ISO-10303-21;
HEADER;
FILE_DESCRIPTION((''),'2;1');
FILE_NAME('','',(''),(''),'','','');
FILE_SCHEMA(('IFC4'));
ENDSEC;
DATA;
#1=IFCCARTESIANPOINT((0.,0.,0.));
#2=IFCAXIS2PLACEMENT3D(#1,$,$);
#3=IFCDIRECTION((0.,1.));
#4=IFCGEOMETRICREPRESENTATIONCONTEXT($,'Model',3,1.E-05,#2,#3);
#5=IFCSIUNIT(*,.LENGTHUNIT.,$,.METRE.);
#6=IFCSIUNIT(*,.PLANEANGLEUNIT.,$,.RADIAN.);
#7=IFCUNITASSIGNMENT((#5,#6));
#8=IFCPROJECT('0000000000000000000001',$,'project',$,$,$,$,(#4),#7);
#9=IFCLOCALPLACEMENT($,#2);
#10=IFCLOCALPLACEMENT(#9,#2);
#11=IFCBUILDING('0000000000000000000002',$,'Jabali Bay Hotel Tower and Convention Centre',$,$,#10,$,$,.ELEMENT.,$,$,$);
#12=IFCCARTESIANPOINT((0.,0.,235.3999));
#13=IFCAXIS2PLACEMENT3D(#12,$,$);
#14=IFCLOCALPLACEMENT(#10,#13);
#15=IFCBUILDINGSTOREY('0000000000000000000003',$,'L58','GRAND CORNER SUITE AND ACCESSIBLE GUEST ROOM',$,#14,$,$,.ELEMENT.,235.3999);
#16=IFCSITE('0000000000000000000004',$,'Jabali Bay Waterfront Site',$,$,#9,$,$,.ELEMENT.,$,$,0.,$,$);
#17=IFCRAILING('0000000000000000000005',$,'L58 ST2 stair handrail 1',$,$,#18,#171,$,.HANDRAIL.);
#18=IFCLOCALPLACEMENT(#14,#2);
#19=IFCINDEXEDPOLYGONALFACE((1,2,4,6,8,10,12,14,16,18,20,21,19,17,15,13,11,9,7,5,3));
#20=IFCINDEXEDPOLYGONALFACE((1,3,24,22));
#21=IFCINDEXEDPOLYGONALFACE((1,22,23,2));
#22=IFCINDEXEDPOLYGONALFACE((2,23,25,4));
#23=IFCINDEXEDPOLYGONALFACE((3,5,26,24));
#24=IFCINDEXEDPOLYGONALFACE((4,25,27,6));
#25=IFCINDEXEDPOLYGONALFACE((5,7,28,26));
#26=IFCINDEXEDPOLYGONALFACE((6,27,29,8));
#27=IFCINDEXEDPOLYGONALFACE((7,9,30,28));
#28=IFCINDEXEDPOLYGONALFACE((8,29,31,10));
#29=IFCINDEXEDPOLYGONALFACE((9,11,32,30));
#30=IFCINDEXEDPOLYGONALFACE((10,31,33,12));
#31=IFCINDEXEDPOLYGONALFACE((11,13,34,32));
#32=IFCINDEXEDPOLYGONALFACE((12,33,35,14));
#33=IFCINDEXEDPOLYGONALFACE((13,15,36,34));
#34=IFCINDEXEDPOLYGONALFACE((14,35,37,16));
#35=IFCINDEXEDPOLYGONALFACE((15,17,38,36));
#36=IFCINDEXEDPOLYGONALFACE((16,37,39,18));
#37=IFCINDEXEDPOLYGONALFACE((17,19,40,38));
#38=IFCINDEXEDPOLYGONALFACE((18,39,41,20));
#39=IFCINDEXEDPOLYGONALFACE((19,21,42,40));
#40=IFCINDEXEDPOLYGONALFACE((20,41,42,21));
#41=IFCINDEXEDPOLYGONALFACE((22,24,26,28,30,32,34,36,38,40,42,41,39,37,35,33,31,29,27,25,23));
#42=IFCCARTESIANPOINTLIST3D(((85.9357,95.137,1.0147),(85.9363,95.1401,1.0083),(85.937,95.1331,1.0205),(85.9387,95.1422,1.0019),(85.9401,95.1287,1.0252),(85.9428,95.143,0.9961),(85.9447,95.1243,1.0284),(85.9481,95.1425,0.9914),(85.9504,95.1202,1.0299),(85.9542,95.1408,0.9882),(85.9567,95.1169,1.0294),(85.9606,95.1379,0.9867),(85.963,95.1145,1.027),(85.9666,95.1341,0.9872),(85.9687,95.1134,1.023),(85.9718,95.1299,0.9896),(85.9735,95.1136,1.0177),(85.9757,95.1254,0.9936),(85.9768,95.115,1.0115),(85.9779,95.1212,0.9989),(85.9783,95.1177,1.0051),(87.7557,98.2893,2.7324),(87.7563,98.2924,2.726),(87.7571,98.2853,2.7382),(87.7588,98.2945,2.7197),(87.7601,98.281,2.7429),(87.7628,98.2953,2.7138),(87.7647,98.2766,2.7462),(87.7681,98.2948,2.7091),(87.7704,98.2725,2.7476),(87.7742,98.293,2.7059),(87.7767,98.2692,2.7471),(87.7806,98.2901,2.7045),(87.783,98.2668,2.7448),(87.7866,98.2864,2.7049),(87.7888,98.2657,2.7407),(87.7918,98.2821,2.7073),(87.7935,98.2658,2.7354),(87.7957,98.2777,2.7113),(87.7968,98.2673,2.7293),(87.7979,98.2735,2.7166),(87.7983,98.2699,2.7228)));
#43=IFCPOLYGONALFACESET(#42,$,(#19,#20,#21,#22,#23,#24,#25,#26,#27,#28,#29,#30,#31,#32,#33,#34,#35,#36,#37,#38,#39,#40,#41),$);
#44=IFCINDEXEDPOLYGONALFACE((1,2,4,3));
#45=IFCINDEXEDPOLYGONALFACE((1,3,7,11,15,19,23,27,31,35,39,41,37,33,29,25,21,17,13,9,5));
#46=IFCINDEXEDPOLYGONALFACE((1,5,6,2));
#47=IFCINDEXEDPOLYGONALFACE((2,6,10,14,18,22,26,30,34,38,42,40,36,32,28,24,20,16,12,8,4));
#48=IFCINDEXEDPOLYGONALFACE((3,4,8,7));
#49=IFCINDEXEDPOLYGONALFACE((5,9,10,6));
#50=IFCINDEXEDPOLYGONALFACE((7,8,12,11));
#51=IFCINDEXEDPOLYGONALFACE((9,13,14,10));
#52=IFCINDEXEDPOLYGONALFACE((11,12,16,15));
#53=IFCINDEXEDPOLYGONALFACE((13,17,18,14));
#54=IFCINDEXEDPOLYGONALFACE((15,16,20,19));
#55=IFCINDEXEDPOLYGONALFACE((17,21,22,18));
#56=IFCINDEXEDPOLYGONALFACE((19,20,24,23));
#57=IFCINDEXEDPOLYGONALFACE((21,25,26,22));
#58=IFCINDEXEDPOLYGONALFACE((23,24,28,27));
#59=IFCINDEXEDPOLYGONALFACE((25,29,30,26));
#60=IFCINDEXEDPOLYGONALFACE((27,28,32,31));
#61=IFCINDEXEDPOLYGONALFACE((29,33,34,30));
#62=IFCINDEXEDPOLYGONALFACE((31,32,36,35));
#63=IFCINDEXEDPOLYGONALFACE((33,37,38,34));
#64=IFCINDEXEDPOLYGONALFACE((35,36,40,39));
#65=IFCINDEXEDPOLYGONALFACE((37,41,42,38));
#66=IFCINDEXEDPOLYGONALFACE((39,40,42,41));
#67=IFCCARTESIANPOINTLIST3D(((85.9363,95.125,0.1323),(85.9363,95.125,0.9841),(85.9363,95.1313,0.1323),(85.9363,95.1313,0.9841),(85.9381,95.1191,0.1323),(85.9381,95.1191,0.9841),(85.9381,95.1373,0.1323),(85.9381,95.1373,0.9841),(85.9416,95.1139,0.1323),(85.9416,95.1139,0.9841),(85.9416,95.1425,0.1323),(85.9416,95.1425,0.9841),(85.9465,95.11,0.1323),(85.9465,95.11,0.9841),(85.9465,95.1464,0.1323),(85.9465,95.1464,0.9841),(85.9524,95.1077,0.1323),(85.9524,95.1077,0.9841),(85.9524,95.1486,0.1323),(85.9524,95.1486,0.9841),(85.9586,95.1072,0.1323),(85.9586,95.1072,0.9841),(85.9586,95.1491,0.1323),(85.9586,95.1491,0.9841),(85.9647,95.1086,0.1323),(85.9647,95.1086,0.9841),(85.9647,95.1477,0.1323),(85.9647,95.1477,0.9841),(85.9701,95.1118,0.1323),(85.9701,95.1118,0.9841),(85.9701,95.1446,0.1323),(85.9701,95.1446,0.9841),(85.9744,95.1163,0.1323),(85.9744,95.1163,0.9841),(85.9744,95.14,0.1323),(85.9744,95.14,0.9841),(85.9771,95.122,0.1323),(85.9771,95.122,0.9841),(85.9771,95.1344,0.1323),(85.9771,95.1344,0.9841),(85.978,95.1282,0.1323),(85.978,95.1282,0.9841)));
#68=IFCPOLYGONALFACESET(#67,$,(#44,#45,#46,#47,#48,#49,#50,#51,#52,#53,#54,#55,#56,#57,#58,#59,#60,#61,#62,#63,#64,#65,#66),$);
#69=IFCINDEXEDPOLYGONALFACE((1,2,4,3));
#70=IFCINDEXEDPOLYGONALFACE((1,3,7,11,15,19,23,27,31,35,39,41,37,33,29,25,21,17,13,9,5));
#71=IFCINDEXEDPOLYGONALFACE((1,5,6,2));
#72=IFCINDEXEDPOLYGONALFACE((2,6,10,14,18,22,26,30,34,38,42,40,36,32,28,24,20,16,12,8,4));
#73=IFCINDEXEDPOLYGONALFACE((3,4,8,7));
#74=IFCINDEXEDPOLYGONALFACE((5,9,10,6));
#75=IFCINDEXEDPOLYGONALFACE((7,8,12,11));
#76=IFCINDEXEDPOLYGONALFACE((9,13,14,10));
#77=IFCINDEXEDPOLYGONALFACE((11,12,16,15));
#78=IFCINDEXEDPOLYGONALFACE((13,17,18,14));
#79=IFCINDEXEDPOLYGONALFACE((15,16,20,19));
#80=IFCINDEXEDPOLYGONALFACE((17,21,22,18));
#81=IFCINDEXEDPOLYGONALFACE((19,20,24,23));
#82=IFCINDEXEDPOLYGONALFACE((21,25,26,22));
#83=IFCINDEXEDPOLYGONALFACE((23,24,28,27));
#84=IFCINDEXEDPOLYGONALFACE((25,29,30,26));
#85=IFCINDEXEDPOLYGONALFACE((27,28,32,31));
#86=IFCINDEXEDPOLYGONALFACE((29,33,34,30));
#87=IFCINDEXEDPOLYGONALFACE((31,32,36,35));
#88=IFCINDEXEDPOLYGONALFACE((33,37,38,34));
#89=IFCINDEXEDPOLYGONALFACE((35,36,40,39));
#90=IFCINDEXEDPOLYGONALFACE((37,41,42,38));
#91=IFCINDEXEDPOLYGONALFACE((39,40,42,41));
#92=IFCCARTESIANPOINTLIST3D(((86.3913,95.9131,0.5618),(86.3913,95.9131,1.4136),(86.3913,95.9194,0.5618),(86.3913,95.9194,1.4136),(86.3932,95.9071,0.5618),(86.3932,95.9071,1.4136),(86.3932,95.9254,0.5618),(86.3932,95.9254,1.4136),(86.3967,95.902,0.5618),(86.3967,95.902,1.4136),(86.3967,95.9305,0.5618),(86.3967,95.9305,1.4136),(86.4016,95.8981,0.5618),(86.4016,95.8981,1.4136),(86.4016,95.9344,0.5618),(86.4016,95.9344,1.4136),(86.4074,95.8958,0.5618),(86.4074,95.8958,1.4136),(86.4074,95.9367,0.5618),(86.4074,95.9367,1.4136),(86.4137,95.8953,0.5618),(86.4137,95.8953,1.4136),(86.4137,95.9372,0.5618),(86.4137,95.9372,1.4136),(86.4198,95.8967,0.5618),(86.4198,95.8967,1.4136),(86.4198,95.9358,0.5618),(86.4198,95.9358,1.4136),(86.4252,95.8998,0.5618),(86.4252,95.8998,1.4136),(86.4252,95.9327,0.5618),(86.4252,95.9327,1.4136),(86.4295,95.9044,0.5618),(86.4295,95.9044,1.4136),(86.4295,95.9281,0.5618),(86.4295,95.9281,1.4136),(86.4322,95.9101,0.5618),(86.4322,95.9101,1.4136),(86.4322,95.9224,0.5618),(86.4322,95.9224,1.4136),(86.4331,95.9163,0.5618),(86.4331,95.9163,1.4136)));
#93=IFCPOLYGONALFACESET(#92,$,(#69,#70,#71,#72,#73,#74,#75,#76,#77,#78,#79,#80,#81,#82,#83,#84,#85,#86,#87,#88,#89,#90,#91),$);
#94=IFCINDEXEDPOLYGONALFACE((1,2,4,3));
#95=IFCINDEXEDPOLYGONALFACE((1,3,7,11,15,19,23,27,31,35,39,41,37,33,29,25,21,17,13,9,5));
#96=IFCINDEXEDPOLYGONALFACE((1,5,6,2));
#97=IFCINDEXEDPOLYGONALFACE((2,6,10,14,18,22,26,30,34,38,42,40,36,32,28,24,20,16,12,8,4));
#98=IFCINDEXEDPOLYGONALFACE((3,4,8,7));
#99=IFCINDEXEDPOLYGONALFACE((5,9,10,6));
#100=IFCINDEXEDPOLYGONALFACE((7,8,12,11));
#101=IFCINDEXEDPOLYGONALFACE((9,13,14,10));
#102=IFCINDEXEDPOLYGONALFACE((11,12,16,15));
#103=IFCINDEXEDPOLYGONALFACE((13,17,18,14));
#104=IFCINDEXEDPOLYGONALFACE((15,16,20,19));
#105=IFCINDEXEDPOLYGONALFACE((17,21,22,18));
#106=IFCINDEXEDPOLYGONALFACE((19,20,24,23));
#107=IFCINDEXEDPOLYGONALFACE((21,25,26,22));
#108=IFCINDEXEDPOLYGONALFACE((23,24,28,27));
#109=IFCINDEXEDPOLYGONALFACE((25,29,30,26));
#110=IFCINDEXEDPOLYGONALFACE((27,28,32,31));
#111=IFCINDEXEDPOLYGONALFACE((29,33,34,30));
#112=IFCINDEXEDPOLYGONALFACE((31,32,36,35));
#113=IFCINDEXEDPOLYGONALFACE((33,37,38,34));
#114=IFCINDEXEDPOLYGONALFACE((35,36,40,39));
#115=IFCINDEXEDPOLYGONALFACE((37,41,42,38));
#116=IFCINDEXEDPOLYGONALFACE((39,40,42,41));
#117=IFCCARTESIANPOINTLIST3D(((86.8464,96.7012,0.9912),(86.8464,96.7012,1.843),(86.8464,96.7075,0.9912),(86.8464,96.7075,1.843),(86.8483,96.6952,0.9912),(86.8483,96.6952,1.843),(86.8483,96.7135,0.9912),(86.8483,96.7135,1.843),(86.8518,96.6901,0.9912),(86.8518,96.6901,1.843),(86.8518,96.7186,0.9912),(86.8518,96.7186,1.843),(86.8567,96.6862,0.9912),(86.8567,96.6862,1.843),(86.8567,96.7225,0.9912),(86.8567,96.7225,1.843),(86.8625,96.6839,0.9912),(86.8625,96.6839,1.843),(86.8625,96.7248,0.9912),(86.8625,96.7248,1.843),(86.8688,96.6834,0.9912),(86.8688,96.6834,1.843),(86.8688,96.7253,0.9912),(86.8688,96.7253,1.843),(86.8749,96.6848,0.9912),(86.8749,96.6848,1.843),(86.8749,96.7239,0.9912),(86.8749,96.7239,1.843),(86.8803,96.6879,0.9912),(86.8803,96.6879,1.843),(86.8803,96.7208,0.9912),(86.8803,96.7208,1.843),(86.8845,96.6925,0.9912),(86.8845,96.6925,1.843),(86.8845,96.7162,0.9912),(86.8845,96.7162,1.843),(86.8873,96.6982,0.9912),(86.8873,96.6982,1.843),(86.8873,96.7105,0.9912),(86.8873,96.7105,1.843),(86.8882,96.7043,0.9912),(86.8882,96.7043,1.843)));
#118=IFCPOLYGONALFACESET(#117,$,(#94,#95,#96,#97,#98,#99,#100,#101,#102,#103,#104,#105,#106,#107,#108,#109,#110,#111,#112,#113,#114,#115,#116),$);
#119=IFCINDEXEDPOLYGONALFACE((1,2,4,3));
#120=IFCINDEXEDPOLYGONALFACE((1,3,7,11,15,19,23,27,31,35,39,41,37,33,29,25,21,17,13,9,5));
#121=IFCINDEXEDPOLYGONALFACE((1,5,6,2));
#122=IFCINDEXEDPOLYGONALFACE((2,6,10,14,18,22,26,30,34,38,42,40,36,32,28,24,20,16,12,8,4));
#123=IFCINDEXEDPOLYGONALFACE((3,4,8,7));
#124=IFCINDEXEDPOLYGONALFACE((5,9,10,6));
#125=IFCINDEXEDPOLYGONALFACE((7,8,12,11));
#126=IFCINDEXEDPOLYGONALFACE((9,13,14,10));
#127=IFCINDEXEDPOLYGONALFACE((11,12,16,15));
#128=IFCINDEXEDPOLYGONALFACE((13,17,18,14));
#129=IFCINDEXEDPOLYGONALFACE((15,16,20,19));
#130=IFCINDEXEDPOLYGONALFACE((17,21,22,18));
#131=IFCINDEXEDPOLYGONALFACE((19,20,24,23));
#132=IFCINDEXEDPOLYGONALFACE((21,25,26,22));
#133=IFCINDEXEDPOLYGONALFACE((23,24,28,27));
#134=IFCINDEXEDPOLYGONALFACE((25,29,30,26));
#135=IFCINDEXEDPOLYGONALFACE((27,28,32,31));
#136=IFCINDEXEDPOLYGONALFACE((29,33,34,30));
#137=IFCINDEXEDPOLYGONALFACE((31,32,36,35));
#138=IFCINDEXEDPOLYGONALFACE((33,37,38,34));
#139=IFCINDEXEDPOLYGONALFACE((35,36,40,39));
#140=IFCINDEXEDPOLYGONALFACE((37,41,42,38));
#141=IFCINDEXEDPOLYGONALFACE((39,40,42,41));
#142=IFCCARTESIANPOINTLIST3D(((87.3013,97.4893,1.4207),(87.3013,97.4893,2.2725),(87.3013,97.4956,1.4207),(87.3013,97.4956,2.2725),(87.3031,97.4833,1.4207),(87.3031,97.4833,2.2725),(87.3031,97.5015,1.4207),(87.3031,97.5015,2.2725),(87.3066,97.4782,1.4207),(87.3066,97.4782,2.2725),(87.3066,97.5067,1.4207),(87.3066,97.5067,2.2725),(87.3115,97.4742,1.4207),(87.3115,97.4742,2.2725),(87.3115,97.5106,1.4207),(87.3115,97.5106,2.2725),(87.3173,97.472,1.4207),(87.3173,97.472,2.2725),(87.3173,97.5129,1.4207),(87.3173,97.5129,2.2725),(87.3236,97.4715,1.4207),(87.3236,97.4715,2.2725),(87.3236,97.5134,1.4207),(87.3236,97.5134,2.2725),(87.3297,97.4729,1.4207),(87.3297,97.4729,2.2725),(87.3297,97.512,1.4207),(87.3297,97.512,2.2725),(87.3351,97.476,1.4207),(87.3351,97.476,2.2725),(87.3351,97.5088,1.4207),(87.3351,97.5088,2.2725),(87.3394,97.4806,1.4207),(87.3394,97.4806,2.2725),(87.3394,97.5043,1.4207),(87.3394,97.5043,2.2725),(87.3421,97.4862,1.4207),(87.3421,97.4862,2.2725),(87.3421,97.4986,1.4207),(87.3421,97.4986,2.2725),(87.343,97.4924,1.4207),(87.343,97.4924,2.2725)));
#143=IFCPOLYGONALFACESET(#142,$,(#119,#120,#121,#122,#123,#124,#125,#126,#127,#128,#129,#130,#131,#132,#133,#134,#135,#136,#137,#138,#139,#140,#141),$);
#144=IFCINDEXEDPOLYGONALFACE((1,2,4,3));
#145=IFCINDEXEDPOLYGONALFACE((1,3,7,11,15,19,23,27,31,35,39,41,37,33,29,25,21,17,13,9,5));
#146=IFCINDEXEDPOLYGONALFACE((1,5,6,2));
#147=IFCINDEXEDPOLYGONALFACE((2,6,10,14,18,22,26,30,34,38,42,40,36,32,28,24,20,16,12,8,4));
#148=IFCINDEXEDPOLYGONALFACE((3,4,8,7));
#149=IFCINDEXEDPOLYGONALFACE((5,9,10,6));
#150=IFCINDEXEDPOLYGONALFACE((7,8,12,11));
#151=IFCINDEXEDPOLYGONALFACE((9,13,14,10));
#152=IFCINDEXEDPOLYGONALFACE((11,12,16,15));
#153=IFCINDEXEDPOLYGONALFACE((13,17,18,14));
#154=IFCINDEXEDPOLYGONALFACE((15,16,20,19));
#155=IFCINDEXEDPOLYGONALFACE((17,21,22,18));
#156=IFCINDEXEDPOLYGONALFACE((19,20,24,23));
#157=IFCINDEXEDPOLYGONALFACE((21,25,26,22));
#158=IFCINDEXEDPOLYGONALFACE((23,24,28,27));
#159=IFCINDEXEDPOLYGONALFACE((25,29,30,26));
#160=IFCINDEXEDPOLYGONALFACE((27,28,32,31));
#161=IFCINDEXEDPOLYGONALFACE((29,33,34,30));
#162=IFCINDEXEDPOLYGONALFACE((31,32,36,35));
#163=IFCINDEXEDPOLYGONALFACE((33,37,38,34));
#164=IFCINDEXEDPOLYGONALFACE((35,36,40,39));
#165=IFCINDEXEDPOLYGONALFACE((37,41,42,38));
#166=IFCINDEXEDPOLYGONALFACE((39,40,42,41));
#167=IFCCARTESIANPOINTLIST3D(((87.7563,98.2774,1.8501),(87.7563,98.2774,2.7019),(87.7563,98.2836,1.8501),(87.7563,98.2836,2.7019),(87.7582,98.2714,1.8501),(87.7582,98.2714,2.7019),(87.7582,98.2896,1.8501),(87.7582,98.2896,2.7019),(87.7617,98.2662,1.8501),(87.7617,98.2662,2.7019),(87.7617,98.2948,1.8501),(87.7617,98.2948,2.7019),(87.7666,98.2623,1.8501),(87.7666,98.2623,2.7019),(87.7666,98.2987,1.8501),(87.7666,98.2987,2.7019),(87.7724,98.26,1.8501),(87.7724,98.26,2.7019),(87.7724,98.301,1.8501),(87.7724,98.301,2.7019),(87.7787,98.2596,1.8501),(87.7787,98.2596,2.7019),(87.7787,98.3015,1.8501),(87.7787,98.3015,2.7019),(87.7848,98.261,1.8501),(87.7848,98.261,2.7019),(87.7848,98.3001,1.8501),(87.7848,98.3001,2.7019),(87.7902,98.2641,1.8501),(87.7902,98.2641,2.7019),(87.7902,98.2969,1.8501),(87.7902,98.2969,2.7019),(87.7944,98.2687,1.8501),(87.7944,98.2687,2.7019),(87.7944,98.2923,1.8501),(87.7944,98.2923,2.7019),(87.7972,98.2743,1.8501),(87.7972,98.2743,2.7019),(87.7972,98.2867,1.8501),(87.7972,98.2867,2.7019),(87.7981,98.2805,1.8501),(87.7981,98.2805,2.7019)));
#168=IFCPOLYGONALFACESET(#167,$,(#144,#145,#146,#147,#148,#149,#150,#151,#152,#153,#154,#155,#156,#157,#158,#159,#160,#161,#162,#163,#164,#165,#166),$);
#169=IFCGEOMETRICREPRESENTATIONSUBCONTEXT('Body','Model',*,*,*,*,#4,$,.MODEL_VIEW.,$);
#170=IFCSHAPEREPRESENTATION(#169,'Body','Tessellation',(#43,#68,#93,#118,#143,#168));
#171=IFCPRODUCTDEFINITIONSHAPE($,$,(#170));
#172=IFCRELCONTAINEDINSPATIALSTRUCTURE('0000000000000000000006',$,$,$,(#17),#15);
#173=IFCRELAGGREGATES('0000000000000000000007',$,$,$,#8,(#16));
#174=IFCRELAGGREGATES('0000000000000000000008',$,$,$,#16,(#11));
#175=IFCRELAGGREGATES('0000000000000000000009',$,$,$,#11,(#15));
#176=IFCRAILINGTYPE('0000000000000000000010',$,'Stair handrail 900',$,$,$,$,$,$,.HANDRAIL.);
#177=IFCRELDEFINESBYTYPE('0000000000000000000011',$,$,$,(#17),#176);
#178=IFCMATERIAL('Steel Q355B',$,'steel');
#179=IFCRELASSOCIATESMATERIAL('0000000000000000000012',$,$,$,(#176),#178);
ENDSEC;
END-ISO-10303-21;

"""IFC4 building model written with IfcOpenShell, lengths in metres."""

from ifc_helpers import new_model, si_unit, direction, frame, origin, origin_2d, place, context, subcontext, project, spatial, circle, extrude, material, type_object, element, save


model = new_model("IFC4")

# Units and contexts
model_context = context("Model", 3, precision=1e-05, world=origin(), true_north=direction((0.0, 1.0)))
body_context = subcontext(model_context, "Body", "Model", "MODEL_VIEW")
ifc_project = project(units=[si_unit("LENGTHUNIT", "METRE"), si_unit("PLANEANGLEUNIT", "RADIAN")], contexts=[model_context])

# Site, building, storey
site_placement = place(None, origin())
site = spatial("IfcSite", under=ifc_project, at=site_placement, Name="Jabali Bay Waterfront Site", CompositionType="ELEMENT", RefElevation=0.0)
building_placement = place(site_placement, origin())
building = spatial("IfcBuilding", under=site, at=building_placement, Name="Jabali Bay Hotel Tower and Convention Centre", CompositionType="ELEMENT")
storey_placement = place(building_placement, frame((0.0, 0.0, 235.3999)))
storey = spatial("IfcBuildingStorey", under=building, at=storey_placement, Name="L58", Description="GRAND CORNER SUITE AND ACCESSIBLE GUEST ROOM", CompositionType="ELEMENT", Elevation=235.3999)

# Railing
ifc_material_1 = material(Name="Steel Q355B", Category="steel")
railing_type_1 = type_object("IfcRailingType", Name="Stair handrail 900", PredefinedType="HANDRAIL", material=ifc_material_1)
railing_1_placement = place(storey_placement, frame((85.957, 95.1282, 0.1323)))
element("IfcRailing", 1, at=railing_1_placement, inside=storey, type_object=railing_type_1, Name="L58 ST2 stair handrail 1", PredefinedType="HANDRAIL", context=body_context, shape_type="SweptSolid", body=[
    extrude(circle(Radius=0.0239, at=origin_2d()), frame((0.0, 0.0, 0.876), z_axis=(0.45219, 0.78319, 0.426775), x_axis=(-0.866018, 0.500013, 0.0)), (0.0, 0.0, 1.0), 4.0249),
    extrude(circle(Radius=0.021, at=origin_2d()), origin(), (0.0, 0.0, 1.0), 0.8518),
    extrude(circle(Radius=0.021, at=origin_2d()), frame((0.4551, 0.7881, 0.4294)), (0.0, 0.0, 1.0), 0.8518),
    extrude(circle(Radius=0.021, at=origin_2d()), frame((0.9102, 1.5762, 0.8589)), (0.0, 0.0, 1.0), 0.8518),
    extrude(circle(Radius=0.021, at=origin_2d()), frame((1.365, 2.3643, 1.2883)), (0.0, 0.0, 1.0), 0.8518),
    extrude(circle(Radius=0.021, at=origin_2d()), frame((1.8201, 3.1523, 1.7178)), (0.0, 0.0, 1.0), 0.8518),
])

save(model, "model.ifc")
